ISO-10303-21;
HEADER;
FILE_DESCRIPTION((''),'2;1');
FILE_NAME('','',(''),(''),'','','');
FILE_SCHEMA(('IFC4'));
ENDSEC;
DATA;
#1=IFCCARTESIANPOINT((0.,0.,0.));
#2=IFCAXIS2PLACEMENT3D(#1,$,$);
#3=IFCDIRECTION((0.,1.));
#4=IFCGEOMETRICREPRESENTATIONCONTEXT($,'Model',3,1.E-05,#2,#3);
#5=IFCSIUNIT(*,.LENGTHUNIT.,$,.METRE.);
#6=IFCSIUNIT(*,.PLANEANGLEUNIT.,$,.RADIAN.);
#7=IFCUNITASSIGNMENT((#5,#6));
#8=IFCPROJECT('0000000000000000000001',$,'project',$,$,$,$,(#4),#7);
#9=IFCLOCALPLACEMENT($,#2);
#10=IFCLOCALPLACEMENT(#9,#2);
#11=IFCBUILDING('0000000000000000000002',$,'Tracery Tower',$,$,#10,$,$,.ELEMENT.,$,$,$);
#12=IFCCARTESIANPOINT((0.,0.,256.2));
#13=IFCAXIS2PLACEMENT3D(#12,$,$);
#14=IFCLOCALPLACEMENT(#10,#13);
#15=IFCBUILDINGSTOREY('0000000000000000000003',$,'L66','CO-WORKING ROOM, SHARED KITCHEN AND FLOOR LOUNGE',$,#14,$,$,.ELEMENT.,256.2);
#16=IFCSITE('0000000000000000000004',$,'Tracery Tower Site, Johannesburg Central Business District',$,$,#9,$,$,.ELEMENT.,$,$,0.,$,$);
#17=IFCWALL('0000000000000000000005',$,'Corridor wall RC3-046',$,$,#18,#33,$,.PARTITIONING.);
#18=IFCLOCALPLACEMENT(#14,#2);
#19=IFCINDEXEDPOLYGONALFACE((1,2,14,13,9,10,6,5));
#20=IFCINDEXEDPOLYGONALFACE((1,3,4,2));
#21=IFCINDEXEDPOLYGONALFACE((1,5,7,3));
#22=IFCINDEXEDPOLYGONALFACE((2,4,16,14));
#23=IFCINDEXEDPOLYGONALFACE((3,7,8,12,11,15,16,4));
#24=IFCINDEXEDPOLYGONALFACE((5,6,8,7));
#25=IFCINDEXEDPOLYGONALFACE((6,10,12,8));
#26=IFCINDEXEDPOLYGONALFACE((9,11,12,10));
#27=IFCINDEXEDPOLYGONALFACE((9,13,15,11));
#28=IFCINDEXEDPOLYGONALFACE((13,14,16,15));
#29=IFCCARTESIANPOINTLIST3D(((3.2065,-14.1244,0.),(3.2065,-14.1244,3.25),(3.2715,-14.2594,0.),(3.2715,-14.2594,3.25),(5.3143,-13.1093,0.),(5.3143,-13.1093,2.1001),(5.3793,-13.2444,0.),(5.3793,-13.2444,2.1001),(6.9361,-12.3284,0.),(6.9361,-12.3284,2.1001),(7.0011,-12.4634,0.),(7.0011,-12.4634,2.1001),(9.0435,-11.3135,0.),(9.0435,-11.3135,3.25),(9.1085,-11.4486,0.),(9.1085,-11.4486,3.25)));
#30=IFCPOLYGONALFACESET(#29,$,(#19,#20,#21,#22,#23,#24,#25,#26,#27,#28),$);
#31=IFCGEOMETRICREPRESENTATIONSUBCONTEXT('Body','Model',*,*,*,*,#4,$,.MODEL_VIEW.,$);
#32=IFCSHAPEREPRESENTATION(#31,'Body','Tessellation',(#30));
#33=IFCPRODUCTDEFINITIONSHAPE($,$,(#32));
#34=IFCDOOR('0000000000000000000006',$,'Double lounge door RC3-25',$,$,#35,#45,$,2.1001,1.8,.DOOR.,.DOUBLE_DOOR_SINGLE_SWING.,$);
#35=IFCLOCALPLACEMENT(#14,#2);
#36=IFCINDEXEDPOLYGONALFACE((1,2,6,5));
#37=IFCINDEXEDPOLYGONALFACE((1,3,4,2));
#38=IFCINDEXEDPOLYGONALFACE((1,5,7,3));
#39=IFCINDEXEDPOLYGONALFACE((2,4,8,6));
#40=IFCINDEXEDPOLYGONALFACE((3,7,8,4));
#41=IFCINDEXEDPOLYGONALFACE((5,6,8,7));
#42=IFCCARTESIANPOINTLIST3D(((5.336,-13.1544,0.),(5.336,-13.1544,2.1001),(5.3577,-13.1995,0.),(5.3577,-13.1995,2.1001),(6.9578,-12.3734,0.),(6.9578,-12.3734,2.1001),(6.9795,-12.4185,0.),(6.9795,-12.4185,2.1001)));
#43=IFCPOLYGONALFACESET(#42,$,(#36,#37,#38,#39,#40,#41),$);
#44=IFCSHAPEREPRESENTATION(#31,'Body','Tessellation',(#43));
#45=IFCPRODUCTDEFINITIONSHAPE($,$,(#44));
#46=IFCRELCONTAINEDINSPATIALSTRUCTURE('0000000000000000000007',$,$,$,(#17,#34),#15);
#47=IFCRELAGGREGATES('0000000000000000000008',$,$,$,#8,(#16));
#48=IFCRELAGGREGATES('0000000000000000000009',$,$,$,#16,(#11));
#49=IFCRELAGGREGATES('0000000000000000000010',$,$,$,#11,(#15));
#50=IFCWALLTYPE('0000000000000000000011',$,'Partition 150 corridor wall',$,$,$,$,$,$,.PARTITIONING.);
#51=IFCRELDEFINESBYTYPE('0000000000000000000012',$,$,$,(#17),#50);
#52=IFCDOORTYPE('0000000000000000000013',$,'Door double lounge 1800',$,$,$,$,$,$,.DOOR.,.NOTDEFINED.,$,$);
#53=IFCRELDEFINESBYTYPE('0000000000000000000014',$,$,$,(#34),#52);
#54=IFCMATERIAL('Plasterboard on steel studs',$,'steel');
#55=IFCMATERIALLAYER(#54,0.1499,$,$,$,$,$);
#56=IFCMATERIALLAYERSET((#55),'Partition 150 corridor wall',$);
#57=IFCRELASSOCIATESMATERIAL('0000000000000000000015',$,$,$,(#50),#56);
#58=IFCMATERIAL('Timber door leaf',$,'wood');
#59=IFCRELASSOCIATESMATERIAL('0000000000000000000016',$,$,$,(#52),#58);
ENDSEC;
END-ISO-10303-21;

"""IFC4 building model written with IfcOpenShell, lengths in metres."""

from ifc_helpers import new_model, si_unit, direction, frame, frame_2d, origin, place, context, subcontext, project, spatial, rectangle, extrude, material, layer, layer_set, type_object, element, fill, save


model = new_model("IFC4")

# Units and contexts
model_context = context("Model", 3, precision=1e-05, world=origin(), true_north=direction((0.0, 1.0)))
body_context = subcontext(model_context, "Body", "Model", "MODEL_VIEW")
ifc_project = project(units=[si_unit("LENGTHUNIT", "METRE"), si_unit("PLANEANGLEUNIT", "RADIAN")], contexts=[model_context])

# Site, building, storey
site_placement = place(None, origin())
site = spatial("IfcSite", under=ifc_project, at=site_placement, Name="Tracery Tower Site, Johannesburg Central Business District", CompositionType="ELEMENT", RefElevation=0.0)
building_placement = place(site_placement, origin())
building = spatial("IfcBuilding", under=site, at=building_placement, Name="Tracery Tower", CompositionType="ELEMENT")
storey_placement = place(building_placement, frame((0.0, 0.0, 256.2)))
storey = spatial("IfcBuildingStorey", under=building, at=storey_placement, Name="L66", Description="CO-WORKING ROOM, SHARED KITCHEN AND FLOOR LOUNGE", CompositionType="ELEMENT", Elevation=256.2)

# Shared definitions
ifc_material_1 = material(Name="Plasterboard on steel studs", Category="steel")
ifc_layer_1 = layer(ifc_material_1, 0.1499)
ifc_layer_set_1 = layer_set([ifc_layer_1], Name="Partition 150 corridor wall")
wall_type_1 = type_object("IfcWallType", Name="Partition 150 corridor wall", PredefinedType="PARTITIONING", material=ifc_layer_set_1)

# Wall, opening, door
wall_1_placement = place(storey_placement, frame((3.239, -14.1919, 0.0), z_axis=(0.0, 0.0, 1.0), x_axis=(0.900976, 0.433869, 0.0)))
wall_1 = element("IfcWall", 1, at=wall_1_placement, inside=storey, type_object=wall_type_1, Name="Corridor wall RC3-046", PredefinedType="PARTITIONING", context=body_context, shape_type="SweptSolid", body=[
    extrude(rectangle(XDim=6.4785, YDim=0.1499, at=frame_2d((3.2393, 0.0))), origin(), (0.0, 0.0, 1.0), 3.25),
])
opening_1_placement = place(wall_1_placement, frame((2.3396, 0.0, 0.0)))
opening_1 = element("IfcOpeningElement", 2, at=opening_1_placement, cuts=wall_1, PredefinedType="OPENING", context=body_context, shape_type="SweptSolid", body=[
    extrude(rectangle(XDim=1.8, YDim=2.1001, at=frame_2d((0.8999, 1.05))), frame((0.0, 0.075, 0.0), z_axis=(0.0, -1.0, 0.0), x_axis=(1.0, 0.0, 0.0)), (0.0, 0.0, 1.0), 0.1499),
])
ifc_material_2 = material(Name="Timber door leaf", Category="wood")
door_type = type_object("IfcDoorType", Name="Door double lounge 1800", OperationType="NOTDEFINED", PredefinedType="DOOR", material=ifc_material_2)
door_placement = place(opening_1_placement, origin())
door = element("IfcDoor", 3, at=door_placement, inside=storey, type_object=door_type, Name="Double lounge door RC3-25", OperationType="DOUBLE_DOOR_SINGLE_SWING", OverallHeight=2.1001, OverallWidth=1.8, PredefinedType="DOOR", context=body_context, shape_type="SweptSolid", body=[
    extrude(rectangle(XDim=1.8, YDim=2.1001, at=frame_2d((0.8999, 1.05))), frame((0.0, 0.0249, 0.0), z_axis=(0.0, -1.0, 0.0), x_axis=(1.0, 0.0, 0.0)), (0.0, 0.0, 1.0), 0.05),
])
fill(opening_1, door)

save(model, "model.ifc")
